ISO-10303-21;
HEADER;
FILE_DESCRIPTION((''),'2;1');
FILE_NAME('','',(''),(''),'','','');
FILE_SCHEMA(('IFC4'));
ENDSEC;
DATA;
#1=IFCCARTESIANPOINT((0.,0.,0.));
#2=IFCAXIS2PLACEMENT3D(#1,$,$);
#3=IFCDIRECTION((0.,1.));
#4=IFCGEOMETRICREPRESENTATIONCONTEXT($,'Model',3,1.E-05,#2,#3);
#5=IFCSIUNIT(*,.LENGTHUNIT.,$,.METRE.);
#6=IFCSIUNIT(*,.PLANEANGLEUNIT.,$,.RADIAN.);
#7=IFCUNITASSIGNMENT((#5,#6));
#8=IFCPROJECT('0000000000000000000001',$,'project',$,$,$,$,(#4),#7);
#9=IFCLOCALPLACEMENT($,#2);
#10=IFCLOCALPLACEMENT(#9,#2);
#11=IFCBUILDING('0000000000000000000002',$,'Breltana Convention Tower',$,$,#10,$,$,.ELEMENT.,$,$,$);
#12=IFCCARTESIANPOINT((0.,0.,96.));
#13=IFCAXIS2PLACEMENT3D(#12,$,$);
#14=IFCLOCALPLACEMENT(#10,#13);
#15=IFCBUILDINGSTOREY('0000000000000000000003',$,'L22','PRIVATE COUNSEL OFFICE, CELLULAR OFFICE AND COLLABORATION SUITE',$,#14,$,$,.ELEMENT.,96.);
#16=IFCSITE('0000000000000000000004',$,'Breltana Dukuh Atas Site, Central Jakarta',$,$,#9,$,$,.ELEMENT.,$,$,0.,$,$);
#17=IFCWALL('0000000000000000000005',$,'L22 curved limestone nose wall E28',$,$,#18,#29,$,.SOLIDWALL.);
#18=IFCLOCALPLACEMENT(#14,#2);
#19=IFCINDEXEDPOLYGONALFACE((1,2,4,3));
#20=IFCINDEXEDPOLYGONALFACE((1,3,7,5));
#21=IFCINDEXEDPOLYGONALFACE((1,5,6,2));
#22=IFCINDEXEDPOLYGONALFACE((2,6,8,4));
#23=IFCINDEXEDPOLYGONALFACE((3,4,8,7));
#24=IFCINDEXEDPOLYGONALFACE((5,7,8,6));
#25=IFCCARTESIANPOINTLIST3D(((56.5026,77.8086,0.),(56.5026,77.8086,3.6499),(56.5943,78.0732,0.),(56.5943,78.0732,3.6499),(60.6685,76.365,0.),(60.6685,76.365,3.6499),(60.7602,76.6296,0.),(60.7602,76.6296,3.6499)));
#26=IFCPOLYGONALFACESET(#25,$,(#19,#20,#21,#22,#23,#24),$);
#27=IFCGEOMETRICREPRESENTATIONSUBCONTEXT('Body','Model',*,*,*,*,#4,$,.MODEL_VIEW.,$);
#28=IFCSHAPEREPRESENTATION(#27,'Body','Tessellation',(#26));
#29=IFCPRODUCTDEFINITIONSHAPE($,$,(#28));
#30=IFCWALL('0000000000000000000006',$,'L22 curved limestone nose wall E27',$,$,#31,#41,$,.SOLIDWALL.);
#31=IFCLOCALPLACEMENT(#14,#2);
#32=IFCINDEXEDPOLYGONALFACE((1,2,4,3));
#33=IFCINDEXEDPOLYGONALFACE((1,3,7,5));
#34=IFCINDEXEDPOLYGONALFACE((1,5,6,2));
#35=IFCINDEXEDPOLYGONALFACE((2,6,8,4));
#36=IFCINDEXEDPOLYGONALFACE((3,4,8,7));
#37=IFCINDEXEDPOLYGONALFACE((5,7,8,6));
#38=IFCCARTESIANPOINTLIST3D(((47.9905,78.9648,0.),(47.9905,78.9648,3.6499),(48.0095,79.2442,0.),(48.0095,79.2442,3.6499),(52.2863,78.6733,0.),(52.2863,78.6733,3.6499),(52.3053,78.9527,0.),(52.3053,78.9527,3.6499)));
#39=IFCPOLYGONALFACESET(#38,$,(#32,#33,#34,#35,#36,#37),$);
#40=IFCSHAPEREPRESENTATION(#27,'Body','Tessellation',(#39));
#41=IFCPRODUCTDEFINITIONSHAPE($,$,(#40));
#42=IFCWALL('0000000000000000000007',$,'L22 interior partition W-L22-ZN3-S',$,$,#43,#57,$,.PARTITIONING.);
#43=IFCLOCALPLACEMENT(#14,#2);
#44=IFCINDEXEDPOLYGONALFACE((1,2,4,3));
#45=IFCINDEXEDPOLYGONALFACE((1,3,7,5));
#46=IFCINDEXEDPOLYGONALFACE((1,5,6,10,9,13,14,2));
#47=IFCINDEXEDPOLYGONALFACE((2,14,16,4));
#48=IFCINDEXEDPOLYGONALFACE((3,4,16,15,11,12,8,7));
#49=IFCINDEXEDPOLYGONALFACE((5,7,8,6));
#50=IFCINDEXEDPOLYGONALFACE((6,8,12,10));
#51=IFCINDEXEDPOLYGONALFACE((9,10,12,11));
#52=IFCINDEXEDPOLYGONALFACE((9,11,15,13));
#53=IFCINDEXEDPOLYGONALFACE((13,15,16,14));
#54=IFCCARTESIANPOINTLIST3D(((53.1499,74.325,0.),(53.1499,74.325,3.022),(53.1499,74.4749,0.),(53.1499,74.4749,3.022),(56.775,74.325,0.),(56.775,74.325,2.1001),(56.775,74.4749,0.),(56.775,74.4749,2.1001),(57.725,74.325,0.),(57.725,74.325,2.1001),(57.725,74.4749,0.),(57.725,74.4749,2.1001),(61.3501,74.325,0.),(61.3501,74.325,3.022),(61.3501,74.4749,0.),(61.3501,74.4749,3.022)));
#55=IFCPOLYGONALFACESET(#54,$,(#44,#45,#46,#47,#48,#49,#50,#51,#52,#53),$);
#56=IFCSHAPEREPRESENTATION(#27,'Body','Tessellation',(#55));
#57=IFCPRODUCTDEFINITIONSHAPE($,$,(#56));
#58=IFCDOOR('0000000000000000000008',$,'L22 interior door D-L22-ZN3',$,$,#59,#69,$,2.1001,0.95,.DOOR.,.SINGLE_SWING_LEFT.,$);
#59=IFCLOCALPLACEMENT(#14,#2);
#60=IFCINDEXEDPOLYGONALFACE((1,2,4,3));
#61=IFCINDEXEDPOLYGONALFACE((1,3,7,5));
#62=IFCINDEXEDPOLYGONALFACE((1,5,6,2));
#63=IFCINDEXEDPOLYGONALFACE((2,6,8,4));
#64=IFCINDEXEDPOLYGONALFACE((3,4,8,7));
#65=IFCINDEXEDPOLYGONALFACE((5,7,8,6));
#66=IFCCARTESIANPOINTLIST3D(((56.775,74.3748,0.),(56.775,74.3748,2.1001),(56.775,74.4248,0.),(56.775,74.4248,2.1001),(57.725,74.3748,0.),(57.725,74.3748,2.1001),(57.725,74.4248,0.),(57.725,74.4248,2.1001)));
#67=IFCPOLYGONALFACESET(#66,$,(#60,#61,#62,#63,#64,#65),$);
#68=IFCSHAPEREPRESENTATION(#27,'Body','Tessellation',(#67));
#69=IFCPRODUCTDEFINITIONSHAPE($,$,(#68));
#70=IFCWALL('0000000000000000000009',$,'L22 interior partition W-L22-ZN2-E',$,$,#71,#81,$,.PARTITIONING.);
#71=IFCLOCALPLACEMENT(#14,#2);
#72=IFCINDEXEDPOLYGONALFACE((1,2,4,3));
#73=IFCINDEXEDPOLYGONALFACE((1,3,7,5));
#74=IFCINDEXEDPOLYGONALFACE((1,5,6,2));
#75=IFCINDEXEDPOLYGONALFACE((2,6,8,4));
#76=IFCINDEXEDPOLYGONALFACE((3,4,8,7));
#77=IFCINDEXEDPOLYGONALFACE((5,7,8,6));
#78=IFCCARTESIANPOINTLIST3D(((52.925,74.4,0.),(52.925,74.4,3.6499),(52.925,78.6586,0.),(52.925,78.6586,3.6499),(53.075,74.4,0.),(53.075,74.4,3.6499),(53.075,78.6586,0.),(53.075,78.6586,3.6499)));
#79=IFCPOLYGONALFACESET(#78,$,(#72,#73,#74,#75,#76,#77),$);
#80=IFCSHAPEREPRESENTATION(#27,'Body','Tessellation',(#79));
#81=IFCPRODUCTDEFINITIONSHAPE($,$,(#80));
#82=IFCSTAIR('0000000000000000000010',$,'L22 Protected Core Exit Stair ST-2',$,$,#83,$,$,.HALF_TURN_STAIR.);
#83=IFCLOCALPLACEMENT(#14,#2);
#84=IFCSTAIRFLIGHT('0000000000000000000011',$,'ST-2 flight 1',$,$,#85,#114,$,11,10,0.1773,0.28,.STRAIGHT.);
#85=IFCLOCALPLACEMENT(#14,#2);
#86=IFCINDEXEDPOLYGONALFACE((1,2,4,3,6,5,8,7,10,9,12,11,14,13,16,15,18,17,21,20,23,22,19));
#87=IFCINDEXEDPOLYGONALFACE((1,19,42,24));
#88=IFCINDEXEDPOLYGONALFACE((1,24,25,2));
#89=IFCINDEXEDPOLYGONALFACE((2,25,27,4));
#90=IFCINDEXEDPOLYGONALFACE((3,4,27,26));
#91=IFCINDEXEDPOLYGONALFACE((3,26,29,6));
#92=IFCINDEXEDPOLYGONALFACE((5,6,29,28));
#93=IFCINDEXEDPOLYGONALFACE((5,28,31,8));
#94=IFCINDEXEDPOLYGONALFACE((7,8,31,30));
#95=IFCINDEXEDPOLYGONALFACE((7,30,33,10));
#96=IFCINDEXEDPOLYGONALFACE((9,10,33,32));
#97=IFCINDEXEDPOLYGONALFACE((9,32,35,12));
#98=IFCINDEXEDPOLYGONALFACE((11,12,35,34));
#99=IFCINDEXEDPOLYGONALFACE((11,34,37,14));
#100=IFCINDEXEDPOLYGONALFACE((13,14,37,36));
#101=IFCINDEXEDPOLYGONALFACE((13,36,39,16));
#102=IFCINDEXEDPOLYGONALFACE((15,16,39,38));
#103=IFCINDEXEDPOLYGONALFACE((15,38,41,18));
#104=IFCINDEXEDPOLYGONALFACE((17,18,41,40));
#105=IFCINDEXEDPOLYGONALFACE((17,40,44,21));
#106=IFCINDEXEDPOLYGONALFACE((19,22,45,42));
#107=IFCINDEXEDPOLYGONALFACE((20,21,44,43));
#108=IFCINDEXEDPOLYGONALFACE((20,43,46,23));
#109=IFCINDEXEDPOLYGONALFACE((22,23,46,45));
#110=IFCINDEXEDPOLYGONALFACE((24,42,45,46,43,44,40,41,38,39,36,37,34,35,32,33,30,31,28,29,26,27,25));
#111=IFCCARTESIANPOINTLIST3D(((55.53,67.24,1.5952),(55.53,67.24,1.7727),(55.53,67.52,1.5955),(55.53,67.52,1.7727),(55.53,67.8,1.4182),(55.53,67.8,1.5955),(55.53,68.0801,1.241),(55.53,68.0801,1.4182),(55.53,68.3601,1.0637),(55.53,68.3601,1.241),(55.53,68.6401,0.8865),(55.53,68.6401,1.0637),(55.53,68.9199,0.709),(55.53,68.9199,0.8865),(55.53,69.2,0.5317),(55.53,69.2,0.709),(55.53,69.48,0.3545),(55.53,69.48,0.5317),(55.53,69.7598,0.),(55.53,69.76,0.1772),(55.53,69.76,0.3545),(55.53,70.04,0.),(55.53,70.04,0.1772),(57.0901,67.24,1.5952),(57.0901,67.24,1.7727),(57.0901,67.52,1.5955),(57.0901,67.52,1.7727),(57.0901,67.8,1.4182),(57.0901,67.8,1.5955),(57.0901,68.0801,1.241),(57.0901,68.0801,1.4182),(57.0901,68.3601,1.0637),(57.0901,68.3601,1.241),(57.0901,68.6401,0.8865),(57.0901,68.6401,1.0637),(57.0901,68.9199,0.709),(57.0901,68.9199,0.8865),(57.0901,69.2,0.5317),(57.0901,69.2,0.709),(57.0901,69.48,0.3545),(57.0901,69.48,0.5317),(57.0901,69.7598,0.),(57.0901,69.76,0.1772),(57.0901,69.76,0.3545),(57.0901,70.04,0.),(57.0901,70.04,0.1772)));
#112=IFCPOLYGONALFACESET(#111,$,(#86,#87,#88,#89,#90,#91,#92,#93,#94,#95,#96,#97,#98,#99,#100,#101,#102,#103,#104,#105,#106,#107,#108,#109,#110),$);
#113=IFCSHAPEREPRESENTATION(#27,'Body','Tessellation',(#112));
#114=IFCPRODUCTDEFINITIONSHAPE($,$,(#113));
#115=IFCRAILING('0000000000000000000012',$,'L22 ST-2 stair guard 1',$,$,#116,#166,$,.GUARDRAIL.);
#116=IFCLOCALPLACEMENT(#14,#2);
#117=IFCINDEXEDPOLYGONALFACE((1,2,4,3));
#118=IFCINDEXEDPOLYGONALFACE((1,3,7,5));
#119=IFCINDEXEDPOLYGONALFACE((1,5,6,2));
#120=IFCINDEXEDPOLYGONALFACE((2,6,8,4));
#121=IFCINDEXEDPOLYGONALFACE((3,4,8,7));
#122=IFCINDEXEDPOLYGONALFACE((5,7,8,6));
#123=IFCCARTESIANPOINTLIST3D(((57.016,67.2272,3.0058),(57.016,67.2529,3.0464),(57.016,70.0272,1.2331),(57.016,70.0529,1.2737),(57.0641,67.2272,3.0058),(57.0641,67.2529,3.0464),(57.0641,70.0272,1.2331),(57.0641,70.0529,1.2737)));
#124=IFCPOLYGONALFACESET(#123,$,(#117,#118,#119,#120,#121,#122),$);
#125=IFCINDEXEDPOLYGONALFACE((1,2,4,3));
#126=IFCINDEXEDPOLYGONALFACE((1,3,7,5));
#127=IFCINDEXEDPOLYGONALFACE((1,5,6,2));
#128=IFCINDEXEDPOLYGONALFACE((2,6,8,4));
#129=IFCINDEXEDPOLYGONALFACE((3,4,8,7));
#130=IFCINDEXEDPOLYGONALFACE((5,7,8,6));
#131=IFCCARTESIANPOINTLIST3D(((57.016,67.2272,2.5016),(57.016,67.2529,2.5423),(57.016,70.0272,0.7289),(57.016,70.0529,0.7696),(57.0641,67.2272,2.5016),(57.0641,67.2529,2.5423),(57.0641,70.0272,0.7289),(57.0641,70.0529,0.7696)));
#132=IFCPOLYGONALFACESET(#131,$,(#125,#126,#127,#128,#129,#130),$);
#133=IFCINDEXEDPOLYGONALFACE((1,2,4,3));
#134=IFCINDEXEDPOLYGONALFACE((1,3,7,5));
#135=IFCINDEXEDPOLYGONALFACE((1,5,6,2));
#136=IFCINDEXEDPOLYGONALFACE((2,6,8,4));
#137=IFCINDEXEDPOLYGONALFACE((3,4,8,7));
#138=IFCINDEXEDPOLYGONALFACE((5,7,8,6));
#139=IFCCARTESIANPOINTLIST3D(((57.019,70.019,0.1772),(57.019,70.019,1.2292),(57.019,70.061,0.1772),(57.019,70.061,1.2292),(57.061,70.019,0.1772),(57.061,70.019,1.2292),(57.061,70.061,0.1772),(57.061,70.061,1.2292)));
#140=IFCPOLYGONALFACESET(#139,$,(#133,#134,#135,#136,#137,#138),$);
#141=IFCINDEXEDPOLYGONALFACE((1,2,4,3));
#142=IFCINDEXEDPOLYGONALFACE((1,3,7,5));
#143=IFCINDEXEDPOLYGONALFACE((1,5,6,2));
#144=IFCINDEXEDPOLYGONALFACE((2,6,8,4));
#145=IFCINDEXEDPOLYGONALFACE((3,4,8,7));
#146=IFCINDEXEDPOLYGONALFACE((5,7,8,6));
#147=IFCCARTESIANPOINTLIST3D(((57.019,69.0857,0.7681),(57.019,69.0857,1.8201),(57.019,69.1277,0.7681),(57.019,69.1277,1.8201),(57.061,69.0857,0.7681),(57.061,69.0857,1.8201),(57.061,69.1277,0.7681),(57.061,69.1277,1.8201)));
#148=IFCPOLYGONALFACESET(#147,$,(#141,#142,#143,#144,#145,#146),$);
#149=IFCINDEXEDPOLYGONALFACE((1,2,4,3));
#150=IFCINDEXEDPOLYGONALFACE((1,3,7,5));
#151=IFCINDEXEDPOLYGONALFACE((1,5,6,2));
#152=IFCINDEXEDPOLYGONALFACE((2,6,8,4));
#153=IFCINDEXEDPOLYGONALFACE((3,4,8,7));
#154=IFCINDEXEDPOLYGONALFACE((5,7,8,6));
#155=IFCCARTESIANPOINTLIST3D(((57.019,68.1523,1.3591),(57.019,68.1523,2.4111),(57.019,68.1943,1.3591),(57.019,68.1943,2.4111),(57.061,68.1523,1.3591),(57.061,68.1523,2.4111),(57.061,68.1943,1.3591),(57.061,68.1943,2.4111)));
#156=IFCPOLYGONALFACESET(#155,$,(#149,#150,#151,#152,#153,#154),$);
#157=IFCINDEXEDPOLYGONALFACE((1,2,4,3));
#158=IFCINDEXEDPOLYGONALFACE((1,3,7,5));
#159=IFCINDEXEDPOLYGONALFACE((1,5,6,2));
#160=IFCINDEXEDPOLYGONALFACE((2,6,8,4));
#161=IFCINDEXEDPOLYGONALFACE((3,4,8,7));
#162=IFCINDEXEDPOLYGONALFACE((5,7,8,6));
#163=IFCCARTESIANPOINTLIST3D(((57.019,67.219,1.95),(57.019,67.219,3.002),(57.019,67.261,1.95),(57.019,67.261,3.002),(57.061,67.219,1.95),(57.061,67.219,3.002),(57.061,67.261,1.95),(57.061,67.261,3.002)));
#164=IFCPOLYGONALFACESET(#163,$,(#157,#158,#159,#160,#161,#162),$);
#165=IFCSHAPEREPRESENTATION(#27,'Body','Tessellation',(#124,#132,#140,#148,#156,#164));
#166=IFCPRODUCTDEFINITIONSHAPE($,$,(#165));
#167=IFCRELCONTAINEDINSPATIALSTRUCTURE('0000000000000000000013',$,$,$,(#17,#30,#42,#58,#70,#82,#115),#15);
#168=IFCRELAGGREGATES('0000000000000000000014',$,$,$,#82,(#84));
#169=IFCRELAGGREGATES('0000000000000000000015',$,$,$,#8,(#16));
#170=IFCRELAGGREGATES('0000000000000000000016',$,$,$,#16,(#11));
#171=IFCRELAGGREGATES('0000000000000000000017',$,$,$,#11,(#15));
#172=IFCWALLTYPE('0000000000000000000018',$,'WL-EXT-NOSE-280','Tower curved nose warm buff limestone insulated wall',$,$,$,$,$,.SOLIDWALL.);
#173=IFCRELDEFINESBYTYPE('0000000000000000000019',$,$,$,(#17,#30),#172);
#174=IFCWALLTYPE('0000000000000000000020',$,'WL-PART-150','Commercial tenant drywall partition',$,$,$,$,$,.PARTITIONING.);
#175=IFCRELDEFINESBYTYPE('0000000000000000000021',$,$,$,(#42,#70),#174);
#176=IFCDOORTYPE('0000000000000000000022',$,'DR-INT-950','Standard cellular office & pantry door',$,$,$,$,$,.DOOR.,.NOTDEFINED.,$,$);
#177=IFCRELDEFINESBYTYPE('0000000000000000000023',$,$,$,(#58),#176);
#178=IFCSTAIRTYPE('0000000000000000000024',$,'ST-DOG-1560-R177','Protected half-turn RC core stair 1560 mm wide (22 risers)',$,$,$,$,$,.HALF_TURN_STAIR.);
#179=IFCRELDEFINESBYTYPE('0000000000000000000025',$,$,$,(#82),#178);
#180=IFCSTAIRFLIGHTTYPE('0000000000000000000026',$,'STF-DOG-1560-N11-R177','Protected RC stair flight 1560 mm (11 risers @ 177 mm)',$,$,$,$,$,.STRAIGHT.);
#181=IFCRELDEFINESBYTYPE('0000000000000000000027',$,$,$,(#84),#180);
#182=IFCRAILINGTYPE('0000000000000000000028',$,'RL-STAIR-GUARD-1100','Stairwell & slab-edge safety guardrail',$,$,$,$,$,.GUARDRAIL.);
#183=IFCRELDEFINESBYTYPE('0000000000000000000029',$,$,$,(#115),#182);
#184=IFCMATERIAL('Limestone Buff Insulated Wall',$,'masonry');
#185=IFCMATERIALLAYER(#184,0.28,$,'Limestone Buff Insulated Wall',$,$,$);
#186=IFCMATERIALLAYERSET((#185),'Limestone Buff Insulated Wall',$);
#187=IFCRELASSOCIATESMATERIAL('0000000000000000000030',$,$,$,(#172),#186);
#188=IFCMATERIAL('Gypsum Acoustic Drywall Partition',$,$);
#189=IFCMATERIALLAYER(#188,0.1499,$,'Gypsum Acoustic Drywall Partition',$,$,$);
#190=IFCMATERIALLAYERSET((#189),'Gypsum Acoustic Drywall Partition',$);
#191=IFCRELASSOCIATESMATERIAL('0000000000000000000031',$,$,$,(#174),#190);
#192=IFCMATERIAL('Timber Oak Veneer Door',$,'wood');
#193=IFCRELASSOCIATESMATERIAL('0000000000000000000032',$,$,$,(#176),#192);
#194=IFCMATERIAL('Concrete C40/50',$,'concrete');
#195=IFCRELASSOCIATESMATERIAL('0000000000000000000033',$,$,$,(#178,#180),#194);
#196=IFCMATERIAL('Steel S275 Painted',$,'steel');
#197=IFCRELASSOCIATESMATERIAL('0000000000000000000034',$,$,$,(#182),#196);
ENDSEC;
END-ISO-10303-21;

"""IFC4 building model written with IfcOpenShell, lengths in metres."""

from ifc_helpers import new_model, si_unit, direction, frame, frame_2d, origin, origin_2d, place, context, subcontext, project, spatial, polyline, rectangle, outline, extrude, source, transform, mapped, material, layer, layer_set, type_object, type_shapes, element, fill, aggregate, save


model = new_model("IFC4")

# Units and contexts
model_context = context("Model", 3, precision=1e-05, world=origin(), true_north=direction((0.0, 1.0)))
body_context = subcontext(model_context, "Body", "Model", "MODEL_VIEW")
ifc_project = project(units=[si_unit("LENGTHUNIT", "METRE"), si_unit("PLANEANGLEUNIT", "RADIAN")], contexts=[model_context])

# Site, building, storey
site_placement = place(None, origin())
site = spatial("IfcSite", under=ifc_project, at=site_placement, Name="Breltana Dukuh Atas Site, Central Jakarta", CompositionType="ELEMENT", RefElevation=0.0)
building_placement = place(site_placement, origin())
building = spatial("IfcBuilding", under=site, at=building_placement, Name="Breltana Convention Tower", CompositionType="ELEMENT")
storey_placement = place(building_placement, frame((0.0, 0.0, 96.0)))
storey = spatial("IfcBuildingStorey", under=building, at=storey_placement, Name="L22", Description="PRIVATE COUNSEL OFFICE, CELLULAR OFFICE AND COLLABORATION SUITE", CompositionType="ELEMENT", Elevation=96.0)

# Walls
ifc_material_1 = material(Name="Limestone Buff Insulated Wall", Category="masonry")
ifc_layer_1 = layer(ifc_material_1, 0.28, Name="Limestone Buff Insulated Wall")
ifc_layer_set_1 = layer_set([ifc_layer_1], Name="Limestone Buff Insulated Wall")
wall_type_1 = type_object("IfcWallType", Name="WL-EXT-NOSE-280", Description="Tower curved nose warm buff limestone insulated wall", PredefinedType="SOLIDWALL", material=ifc_layer_set_1)
shared_shape_1 = source(origin(), body_context, "Body", "SweptSolid", [
    extrude(rectangle(XDim=4.4089, YDim=0.28, at=frame_2d((2.2046, 0.0))), origin(), (0.0, 0.0, 1.0), 3.6499),
])
wall_1_placement = place(storey_placement, frame((56.5483, 77.9409, 0.0), z_axis=(0.0, 0.0, 1.0), x_axis=(0.944879, -0.327419, 0.0)))
element("IfcWall", 1, at=wall_1_placement, inside=storey, type_object=wall_type_1, Name="L22 curved limestone nose wall E28", PredefinedType="SOLIDWALL", context=body_context, shape_type="MappedRepresentation", body=[
    mapped(shared_shape_1, transform((0.0, 0.0, 0.0), scale=1.0)),
])
shared_shape_2 = source(origin(), body_context, "Body", "SweptSolid", [
    extrude(rectangle(XDim=4.3057, YDim=0.28, at=frame_2d((2.1528, 0.0))), origin(), (0.0, 0.0, 1.0), 3.6499),
])
wall_2_placement = place(storey_placement, frame((48.0, 79.1045, 0.0), z_axis=(0.0, 0.0, 1.0), x_axis=(0.997706, -0.067701, 0.0)))
element("IfcWall", 2, at=wall_2_placement, inside=storey, type_object=wall_type_1, Name="L22 curved limestone nose wall E27", PredefinedType="SOLIDWALL", context=body_context, shape_type="MappedRepresentation", body=[
    mapped(shared_shape_2, transform((0.0, 0.0, 0.0), scale=1.0)),
])

# Wall, opening, door
ifc_material_2 = material(Name="Gypsum Acoustic Drywall Partition")
ifc_layer_2 = layer(ifc_material_2, 0.1499, Name="Gypsum Acoustic Drywall Partition")
ifc_layer_set_2 = layer_set([ifc_layer_2], Name="Gypsum Acoustic Drywall Partition")
wall_type_2 = type_object("IfcWallType", Name="WL-PART-150", Description="Commercial tenant drywall partition", PredefinedType="PARTITIONING", material=ifc_layer_set_2)
shared_shape_3 = source(origin(), body_context, "Body", "SweptSolid", [
    extrude(rectangle(XDim=8.2002, YDim=0.1499, at=frame_2d((4.1001, 0.0))), origin(), (0.0, 0.0, 1.0), 3.022),
])
wall_3_placement = place(storey_placement, frame((53.1499, 74.3999, 0.0), z_axis=(0.0, 0.0, 1.0), x_axis=(1.0, 0.0, 0.0)))
wall_3 = element("IfcWall", 3, at=wall_3_placement, inside=storey, type_object=wall_type_2, Name="L22 interior partition W-L22-ZN3-S", PredefinedType="PARTITIONING", context=body_context, shape_type="MappedRepresentation", body=[
    mapped(shared_shape_3, transform((0.0, 0.0, 0.0), scale=1.0)),
])
opening_placement = place(wall_3_placement, frame((3.625, 0.0, 0.0)))
opening = element("IfcOpeningElement", 4, at=opening_placement, cuts=wall_3, PredefinedType="OPENING", context=body_context, shape_type="SweptSolid", body=[
    extrude(rectangle(XDim=0.95, YDim=2.1001, at=frame_2d((0.4751, 1.05))), frame((0.0, 0.085, 0.0), z_axis=(0.0, -1.0, 0.0), x_axis=(1.0, 0.0, 0.0)), (0.0, 0.0, 1.0), 0.1699),
])
ifc_material_3 = material(Name="Timber Oak Veneer Door", Category="wood")
door_type = type_object("IfcDoorType", Name="DR-INT-950", Description="Standard cellular office & pantry door", OperationType="NOTDEFINED", PredefinedType="DOOR", material=ifc_material_3)
shared_shape_4 = source(origin(), body_context, "Body", "SweptSolid", [
    extrude(rectangle(XDim=0.95, YDim=2.1001, at=frame_2d((0.4751, 1.05))), frame((0.0, 0.0249, 0.0), z_axis=(0.0, -1.0, 0.0), x_axis=(1.0, 0.0, 0.0)), (0.0, 0.0, 1.0), 0.05),
])
type_shapes(door_type, [shared_shape_4])
door_placement = place(opening_placement, origin())
door = element("IfcDoor", 5, at=door_placement, inside=storey, type_object=door_type, Name="L22 interior door D-L22-ZN3", OperationType="SINGLE_SWING_LEFT", OverallHeight=2.1001, OverallWidth=0.95, PredefinedType="DOOR", context=body_context, shape_type="MappedRepresentation", body=[
    mapped(shared_shape_4, transform((0.0, 0.0, 0.0), scale=1.0)),
])
fill(opening, door)

# Wall
shared_shape_5 = source(origin(), body_context, "Body", "SweptSolid", [
    extrude(rectangle(XDim=4.2585, YDim=0.1499, at=frame_2d((2.1294, 0.0))), origin(), (0.0, 0.0, 1.0), 3.6499),
])
wall_4_placement = place(storey_placement, frame((53.0, 74.3999, 0.0), z_axis=(0.0, 0.0, 1.0), x_axis=(0.0, 1.0, 0.0)))
element("IfcWall", 6, at=wall_4_placement, inside=storey, type_object=wall_type_2, Name="L22 interior partition W-L22-ZN2-E", PredefinedType="PARTITIONING", context=body_context, shape_type="MappedRepresentation", body=[
    mapped(shared_shape_5, transform((0.0, 0.0, 0.0), scale=1.0)),
])

# Stair, stair flight
ifc_material_4 = material(Name="Concrete C40/50", Category="concrete")
stair_type = type_object("IfcStairType", Name="ST-DOG-1560-R177", Description="Protected half-turn RC core stair 1560 mm wide (22 risers)", PredefinedType="HALF_TURN_STAIR", material=ifc_material_4)
stair_placement = place(storey_placement, origin())
stair = element("IfcStair", 7, at=stair_placement, inside=storey, type_object=stair_type, Name="L22 Protected Core Exit Stair ST-2", PredefinedType="HALF_TURN_STAIR")
stair_flight_type = type_object("IfcStairFlightType", Name="STF-DOG-1560-N11-R177", Description="Protected RC stair flight 1560 mm (11 risers @ 177 mm)", PredefinedType="STRAIGHT", material=ifc_material_4)
stair_flight_placement = place(storey_placement, frame((56.3101, 70.04, 0.0), z_axis=(0.0, 0.0, 1.0), x_axis=(0.0, -1.0, 0.0)))
stair_flight = element("IfcStairFlight", 8, at=stair_flight_placement, type_object=stair_flight_type, Name="ST-2 flight 1", NumberOfRisers=11, NumberOfTreads=10, PredefinedType="STRAIGHT", RiserHeight=0.1773, TreadLength=0.28, context=body_context, shape_type="SweptSolid", body=[
    extrude(outline(polyline([(0.0, 0.0), (0.0, 0.1772), (0.28, 0.1772), (0.28, 0.3545), (0.5601, 0.3545), (0.5601, 0.5317), (0.8401, 0.5317), (0.8401, 0.709), (1.1201, 0.709), (1.1201, 0.8865), (1.3999, 0.8865), (1.3999, 1.0637), (1.6799, 1.0637), (1.6799, 1.241), (1.96, 1.241), (1.96, 1.4182), (2.24, 1.4182), (2.24, 1.5955), (2.52, 1.5955), (2.52, 1.7727), (2.8, 1.7727), (2.8, 1.95), (2.8, 1.5952), (0.2803, 0.0), (0.0, 0.0)])), frame((0.0, 0.78, 0.0), z_axis=(0.0, -1.0, 0.0), x_axis=(1.0, 0.0, 0.0)), (0.0, 0.0, 1.0), 1.5601),
])
aggregate(stair, [stair_flight])

# Railing
ifc_material_5 = material(Name="Steel S275 Painted", Category="steel")
railing_type_1 = type_object("IfcRailingType", Name="RL-STAIR-GUARD-1100", Description="Stairwell & slab-edge safety guardrail", PredefinedType="GUARDRAIL", material=ifc_material_5)
railing_1_placement = place(storey_placement, frame((57.04, 70.04, 0.1772)))
element("IfcRailing", 9, at=railing_1_placement, inside=storey, type_object=railing_type_1, Name="L22 ST-2 stair guard 1", PredefinedType="GUARDRAIL", context=body_context, shape_type="SweptSolid", body=[
    extrude(rectangle(XDim=0.0481, YDim=0.0481, at=origin_2d()), frame((0.0, 0.0, 1.0762), z_axis=(0.0, -0.844909, 0.53491), x_axis=(1.0, 0.0, 0.0)), (0.0, 0.0, 1.0), 3.314),
    extrude(rectangle(XDim=0.0481, YDim=0.0481, at=origin_2d()), frame((0.0, 0.0, 0.572), z_axis=(0.0, -0.844909, 0.53491), x_axis=(1.0, 0.0, 0.0)), (0.0, 0.0, 1.0), 3.314),
    extrude(rectangle(XDim=0.042, YDim=0.042, at=origin_2d()), origin(), (0.0, 0.0, 1.0), 1.052),
    extrude(rectangle(XDim=0.042, YDim=0.042, at=origin_2d()), frame((0.0, -0.9333, 0.5908)), (0.0, 0.0, 1.0), 1.052),
    extrude(rectangle(XDim=0.042, YDim=0.042, at=origin_2d()), frame((0.0, -1.8667, 1.1819)), (0.0, 0.0, 1.0), 1.052),
    extrude(rectangle(XDim=0.042, YDim=0.042, at=origin_2d()), frame((0.0, -2.8, 1.7727)), (0.0, 0.0, 1.0), 1.052),
])

save(model, "model.ifc")
